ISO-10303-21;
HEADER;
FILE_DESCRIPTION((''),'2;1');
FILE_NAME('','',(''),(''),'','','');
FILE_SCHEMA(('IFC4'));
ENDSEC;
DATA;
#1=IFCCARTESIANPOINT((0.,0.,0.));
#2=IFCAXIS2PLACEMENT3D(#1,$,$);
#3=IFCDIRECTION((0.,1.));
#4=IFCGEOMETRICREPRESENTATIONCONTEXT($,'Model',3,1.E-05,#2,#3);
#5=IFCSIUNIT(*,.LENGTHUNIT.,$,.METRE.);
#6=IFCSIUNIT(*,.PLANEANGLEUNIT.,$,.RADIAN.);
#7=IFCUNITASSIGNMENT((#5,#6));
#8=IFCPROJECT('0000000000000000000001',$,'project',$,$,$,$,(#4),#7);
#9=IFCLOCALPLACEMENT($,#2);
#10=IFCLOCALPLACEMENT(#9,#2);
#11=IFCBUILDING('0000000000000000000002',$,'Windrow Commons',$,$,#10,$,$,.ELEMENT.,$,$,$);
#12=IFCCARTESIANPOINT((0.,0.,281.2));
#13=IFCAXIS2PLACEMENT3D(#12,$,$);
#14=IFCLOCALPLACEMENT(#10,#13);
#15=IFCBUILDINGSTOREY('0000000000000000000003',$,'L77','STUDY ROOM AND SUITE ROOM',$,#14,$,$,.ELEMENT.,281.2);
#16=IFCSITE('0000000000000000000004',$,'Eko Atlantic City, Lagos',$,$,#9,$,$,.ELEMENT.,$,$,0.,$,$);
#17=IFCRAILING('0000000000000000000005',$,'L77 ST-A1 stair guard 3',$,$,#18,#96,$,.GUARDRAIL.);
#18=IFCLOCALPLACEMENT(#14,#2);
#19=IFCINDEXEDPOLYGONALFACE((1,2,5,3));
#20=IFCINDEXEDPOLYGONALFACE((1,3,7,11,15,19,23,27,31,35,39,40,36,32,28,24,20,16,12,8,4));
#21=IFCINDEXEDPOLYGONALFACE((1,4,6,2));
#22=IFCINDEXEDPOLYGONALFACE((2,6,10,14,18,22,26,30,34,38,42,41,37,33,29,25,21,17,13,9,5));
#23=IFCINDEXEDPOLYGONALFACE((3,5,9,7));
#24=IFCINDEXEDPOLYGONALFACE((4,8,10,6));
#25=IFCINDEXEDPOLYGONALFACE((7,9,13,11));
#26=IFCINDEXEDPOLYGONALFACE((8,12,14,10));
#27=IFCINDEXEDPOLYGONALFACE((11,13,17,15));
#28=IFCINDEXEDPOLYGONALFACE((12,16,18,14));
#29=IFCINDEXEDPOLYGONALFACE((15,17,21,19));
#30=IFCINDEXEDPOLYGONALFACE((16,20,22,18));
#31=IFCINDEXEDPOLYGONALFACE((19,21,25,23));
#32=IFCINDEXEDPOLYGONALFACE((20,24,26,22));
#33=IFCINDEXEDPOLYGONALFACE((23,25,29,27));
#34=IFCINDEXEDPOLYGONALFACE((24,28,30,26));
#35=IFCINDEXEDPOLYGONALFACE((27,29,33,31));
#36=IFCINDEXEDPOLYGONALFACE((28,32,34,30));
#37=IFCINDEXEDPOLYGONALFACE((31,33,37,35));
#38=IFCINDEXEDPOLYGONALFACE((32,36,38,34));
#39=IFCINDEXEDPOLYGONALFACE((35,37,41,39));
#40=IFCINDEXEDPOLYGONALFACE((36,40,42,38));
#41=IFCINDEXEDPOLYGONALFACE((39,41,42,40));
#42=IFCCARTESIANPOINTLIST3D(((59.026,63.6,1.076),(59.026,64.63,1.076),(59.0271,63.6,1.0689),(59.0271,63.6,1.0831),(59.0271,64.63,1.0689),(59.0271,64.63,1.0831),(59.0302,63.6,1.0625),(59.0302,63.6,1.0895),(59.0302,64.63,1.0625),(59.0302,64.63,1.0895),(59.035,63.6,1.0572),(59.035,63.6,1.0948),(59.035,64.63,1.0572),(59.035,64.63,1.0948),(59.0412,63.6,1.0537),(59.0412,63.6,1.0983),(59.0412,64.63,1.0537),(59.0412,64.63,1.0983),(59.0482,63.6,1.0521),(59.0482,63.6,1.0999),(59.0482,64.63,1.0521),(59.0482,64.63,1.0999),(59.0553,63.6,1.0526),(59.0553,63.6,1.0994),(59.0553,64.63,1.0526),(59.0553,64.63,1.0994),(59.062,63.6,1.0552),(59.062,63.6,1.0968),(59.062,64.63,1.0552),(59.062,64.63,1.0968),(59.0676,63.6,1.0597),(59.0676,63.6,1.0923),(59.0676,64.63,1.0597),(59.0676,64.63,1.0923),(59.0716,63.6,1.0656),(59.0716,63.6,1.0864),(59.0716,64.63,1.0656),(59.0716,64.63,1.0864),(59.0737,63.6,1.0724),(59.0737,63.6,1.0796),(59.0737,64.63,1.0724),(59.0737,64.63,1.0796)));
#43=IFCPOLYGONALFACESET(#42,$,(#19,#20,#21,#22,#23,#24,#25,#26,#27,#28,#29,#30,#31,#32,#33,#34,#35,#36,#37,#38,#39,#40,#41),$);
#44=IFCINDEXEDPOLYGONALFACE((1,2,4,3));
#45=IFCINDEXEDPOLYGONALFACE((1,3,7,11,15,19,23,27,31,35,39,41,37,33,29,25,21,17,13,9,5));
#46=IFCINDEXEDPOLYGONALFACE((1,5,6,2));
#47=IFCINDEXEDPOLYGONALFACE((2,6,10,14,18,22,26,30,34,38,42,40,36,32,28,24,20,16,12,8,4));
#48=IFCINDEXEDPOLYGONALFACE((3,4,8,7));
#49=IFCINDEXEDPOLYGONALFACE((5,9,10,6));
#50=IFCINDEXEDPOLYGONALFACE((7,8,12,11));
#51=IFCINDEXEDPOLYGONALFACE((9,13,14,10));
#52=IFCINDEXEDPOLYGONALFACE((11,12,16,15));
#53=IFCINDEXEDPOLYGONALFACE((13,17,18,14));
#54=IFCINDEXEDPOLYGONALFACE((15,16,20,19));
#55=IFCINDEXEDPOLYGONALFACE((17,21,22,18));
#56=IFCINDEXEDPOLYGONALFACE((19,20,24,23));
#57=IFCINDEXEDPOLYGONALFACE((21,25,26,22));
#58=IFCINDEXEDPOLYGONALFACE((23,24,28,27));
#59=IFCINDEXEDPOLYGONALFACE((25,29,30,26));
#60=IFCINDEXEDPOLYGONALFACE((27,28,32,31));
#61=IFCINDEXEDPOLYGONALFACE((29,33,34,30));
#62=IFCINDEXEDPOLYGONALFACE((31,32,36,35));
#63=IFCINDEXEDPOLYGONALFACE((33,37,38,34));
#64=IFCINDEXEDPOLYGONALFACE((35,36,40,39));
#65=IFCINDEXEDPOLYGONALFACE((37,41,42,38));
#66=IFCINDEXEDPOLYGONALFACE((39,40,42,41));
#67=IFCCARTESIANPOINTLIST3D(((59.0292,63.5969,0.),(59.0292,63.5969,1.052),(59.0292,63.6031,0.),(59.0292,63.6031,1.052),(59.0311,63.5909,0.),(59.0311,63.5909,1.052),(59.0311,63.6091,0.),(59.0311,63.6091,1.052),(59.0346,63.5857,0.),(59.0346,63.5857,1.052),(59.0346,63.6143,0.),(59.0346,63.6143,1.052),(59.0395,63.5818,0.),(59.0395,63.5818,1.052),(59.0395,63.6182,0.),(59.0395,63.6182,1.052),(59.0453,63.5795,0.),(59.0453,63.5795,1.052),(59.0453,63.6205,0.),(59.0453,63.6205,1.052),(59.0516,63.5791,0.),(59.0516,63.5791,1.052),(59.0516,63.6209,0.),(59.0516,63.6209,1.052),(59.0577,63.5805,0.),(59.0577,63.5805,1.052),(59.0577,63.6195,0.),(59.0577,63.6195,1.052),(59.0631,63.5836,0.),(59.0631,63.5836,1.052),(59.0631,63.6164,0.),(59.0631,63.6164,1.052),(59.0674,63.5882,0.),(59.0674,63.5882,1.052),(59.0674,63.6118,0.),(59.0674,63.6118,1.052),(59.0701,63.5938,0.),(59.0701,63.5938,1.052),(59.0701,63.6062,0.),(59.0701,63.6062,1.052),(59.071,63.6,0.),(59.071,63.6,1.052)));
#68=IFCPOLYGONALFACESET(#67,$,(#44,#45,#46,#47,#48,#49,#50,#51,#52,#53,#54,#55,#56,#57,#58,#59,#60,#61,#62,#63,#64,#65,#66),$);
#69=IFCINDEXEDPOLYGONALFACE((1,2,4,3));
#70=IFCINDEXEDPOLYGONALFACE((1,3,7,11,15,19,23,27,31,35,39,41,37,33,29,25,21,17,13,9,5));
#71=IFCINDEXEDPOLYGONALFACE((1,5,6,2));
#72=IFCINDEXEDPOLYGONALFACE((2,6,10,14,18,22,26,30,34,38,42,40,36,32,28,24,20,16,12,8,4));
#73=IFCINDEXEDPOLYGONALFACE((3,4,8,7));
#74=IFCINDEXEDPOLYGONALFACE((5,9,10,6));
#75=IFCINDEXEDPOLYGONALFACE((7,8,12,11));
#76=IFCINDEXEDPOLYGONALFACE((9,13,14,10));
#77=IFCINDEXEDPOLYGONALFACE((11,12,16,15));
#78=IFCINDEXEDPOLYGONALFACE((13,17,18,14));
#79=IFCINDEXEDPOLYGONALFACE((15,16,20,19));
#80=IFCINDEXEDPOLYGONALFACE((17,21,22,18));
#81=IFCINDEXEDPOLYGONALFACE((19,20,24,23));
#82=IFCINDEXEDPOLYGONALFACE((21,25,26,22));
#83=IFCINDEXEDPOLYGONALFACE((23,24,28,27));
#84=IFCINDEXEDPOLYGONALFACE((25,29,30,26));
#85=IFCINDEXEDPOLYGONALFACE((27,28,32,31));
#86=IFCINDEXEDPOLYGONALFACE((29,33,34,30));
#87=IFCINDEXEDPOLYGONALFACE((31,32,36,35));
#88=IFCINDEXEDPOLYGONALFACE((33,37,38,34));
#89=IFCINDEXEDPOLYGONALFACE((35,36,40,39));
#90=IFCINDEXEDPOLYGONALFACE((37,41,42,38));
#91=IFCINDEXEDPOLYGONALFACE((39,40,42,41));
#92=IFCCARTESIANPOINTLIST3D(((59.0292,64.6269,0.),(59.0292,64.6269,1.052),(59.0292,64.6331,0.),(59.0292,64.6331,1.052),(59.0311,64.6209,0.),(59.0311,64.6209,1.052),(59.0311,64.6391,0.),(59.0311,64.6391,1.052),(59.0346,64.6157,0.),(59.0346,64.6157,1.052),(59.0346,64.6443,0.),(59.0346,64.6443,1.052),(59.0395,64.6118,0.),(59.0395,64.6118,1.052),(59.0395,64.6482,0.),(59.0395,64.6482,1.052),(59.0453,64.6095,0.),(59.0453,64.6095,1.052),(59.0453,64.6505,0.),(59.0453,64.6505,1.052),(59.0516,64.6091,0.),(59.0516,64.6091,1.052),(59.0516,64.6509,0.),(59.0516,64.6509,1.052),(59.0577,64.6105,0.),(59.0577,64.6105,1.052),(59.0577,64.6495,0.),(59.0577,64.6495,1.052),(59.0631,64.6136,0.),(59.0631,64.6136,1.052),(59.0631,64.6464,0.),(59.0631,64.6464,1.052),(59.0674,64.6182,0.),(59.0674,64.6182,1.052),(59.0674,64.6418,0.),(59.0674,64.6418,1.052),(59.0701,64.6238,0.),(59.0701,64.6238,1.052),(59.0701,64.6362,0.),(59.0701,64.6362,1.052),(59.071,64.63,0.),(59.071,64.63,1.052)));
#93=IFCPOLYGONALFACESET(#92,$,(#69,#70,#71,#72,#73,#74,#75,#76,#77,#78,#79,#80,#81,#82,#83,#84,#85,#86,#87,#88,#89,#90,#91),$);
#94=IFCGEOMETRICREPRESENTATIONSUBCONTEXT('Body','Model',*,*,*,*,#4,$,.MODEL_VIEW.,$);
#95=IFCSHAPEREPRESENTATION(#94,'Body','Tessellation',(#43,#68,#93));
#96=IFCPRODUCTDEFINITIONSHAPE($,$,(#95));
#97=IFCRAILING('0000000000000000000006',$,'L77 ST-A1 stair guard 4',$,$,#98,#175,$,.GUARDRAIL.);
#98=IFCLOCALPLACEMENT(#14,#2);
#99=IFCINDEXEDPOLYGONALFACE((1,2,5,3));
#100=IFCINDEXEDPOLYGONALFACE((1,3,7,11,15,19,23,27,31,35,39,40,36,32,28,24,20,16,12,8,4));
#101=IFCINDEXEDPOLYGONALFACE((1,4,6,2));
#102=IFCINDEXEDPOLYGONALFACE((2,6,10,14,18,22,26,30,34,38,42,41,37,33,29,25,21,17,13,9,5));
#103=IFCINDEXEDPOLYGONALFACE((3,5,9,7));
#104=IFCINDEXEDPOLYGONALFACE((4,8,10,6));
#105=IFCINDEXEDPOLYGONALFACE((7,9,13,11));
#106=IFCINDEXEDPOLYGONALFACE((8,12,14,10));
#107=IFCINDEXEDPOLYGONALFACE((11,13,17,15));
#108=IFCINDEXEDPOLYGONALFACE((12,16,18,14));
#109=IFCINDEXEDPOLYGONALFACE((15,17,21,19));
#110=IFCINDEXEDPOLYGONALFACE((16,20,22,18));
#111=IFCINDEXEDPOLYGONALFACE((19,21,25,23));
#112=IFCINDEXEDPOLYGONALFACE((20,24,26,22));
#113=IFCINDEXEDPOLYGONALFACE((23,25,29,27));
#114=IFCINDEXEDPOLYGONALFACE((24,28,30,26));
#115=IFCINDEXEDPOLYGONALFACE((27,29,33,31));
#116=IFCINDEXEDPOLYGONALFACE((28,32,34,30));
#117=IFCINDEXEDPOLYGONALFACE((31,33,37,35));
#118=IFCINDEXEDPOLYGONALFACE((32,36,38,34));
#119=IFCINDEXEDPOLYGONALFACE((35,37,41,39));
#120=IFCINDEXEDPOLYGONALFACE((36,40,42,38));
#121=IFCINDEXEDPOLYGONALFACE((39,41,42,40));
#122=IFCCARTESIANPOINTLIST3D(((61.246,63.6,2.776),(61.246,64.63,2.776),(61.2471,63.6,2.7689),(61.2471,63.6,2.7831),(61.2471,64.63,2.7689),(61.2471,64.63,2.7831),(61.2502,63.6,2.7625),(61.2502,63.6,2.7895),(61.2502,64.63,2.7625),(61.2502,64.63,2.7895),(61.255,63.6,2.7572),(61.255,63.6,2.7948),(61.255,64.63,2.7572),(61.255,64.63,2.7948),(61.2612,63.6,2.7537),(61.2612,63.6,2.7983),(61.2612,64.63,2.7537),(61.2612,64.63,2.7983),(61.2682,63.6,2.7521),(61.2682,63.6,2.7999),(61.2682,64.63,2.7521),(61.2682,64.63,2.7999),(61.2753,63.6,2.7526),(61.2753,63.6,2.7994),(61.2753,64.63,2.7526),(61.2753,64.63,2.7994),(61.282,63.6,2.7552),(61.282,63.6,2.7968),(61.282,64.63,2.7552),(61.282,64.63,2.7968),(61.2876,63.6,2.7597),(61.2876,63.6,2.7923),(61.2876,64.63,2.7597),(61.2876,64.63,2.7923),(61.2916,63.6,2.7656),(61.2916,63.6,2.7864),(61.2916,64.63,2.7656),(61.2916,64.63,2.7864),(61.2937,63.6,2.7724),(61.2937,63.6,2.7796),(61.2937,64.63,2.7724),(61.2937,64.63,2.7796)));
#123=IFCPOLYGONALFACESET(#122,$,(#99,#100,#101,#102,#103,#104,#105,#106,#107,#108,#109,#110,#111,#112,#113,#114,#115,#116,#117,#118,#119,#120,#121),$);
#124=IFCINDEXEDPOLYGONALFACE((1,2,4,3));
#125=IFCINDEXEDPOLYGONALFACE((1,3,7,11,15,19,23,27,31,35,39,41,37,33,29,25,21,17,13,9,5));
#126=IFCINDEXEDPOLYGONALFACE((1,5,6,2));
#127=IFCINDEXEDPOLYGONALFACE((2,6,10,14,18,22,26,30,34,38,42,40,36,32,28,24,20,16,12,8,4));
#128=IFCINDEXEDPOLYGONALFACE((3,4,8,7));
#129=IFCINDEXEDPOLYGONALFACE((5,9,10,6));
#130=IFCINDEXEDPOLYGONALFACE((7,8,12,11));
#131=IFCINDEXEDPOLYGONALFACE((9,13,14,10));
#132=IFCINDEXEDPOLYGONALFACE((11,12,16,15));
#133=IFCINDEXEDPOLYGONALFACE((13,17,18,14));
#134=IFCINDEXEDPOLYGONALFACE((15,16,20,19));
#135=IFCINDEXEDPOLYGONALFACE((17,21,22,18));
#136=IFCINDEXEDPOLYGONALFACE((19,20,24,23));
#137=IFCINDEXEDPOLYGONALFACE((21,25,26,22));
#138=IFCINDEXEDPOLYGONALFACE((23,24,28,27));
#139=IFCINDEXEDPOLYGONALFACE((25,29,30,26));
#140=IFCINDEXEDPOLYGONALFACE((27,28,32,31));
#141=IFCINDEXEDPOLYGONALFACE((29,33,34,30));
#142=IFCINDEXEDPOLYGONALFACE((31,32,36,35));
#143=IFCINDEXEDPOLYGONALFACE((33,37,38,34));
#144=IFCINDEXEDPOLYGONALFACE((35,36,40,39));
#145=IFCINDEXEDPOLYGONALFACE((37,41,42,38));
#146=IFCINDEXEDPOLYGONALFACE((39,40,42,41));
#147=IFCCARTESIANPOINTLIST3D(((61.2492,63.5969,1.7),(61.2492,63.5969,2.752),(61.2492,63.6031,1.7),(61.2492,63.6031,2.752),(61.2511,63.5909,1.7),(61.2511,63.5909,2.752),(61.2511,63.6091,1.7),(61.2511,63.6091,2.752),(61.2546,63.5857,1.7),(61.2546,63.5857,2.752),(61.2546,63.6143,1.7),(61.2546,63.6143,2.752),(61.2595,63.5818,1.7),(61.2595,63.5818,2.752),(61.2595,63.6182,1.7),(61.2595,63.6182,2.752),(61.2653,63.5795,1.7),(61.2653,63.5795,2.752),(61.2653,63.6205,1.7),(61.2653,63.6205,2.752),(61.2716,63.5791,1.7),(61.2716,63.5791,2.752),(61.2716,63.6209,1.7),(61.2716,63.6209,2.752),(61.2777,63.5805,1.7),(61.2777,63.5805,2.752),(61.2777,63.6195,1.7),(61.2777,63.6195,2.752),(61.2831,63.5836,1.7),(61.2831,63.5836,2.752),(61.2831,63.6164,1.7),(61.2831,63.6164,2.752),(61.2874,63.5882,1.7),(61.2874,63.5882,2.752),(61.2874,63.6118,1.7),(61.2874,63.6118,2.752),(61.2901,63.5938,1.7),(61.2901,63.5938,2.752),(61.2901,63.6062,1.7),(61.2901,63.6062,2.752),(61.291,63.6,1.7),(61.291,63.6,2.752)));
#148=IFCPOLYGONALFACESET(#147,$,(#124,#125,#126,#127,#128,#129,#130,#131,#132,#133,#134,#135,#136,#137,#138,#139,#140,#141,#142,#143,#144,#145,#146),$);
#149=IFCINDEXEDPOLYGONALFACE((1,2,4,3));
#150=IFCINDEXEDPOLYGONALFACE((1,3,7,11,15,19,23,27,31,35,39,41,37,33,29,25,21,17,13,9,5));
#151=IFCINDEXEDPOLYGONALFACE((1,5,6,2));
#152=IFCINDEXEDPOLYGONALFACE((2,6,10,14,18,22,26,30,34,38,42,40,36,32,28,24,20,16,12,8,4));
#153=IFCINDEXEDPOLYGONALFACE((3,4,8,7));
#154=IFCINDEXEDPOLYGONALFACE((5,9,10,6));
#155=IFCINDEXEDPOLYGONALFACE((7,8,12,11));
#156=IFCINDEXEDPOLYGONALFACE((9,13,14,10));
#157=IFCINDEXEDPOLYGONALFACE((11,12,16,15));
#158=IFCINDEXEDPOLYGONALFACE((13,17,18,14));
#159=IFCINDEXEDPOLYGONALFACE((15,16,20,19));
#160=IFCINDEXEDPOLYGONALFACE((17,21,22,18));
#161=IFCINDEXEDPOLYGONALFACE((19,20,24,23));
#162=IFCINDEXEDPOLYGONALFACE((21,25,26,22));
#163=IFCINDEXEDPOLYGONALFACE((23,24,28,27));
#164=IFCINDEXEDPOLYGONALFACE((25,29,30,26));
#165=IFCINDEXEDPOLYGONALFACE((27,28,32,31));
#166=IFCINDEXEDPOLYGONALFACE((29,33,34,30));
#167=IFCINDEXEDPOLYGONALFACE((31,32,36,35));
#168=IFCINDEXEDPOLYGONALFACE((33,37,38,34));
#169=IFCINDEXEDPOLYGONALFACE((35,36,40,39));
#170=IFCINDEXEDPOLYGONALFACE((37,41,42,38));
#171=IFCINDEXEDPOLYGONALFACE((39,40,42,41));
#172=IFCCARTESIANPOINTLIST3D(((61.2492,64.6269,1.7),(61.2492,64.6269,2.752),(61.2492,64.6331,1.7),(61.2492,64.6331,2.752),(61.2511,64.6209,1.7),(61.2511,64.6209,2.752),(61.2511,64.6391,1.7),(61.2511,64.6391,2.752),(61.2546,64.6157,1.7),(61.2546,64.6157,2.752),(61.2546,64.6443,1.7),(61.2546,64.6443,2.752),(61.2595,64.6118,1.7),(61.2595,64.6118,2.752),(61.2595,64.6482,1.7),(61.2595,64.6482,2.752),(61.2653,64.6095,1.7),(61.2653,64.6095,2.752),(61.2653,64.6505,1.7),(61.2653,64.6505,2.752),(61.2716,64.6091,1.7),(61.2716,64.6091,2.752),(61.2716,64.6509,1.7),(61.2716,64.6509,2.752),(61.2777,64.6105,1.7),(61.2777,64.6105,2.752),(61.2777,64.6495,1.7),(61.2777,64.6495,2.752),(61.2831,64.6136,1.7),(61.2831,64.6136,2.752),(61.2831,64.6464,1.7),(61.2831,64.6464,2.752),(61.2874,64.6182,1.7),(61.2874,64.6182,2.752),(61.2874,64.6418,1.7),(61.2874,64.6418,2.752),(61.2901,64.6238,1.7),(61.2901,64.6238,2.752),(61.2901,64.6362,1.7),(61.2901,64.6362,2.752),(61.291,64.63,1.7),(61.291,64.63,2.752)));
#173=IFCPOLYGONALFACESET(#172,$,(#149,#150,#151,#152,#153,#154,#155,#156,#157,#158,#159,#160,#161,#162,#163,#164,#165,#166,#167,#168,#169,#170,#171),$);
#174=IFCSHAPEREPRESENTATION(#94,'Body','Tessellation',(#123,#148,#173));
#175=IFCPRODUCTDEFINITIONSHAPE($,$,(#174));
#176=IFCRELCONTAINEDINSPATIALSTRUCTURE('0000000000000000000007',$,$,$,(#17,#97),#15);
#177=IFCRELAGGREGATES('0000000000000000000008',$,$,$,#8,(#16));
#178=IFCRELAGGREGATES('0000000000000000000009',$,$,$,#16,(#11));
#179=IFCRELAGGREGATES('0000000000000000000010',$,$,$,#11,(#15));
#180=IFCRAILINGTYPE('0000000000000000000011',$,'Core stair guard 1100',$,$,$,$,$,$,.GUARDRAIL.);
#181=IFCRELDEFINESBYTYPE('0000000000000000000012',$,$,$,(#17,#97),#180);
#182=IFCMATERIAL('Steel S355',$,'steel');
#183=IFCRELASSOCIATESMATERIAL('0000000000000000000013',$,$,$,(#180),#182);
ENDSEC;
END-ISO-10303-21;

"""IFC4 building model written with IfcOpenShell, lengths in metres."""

from ifc_helpers import new_model, si_unit, direction, frame, origin, origin_2d, place, context, subcontext, project, spatial, circle, extrude, material, type_object, element, save


model = new_model("IFC4")

# Units and contexts
model_context = context("Model", 3, precision=1e-05, world=origin(), true_north=direction((0.0, 1.0)))
body_context = subcontext(model_context, "Body", "Model", "MODEL_VIEW")
ifc_project = project(units=[si_unit("LENGTHUNIT", "METRE"), si_unit("PLANEANGLEUNIT", "RADIAN")], contexts=[model_context])

# Site, building, storey
site_placement = place(None, origin())
site = spatial("IfcSite", under=ifc_project, at=site_placement, Name="Eko Atlantic City, Lagos", CompositionType="ELEMENT", RefElevation=0.0)
building_placement = place(site_placement, origin())
building = spatial("IfcBuilding", under=site, at=building_placement, Name="Windrow Commons", CompositionType="ELEMENT")
storey_placement = place(building_placement, frame((0.0, 0.0, 281.2)))
storey = spatial("IfcBuildingStorey", under=building, at=storey_placement, Name="L77", Description="STUDY ROOM AND SUITE ROOM", CompositionType="ELEMENT", Elevation=281.2)

# Railings
ifc_material_1 = material(Name="Steel S355", Category="steel")
railing_type_1 = type_object("IfcRailingType", Name="Core stair guard 1100", PredefinedType="GUARDRAIL", material=ifc_material_1)
for number, where, name in (
    (1, (59.05, 63.6, 0.0), "L77 ST-A1 stair guard 3"),
    (2, (61.27, 63.6, 1.7), "L77 ST-A1 stair guard 4"),
):
    element("IfcRailing", number, at=place(storey_placement, frame(where)), inside=storey, type_object=railing_type_1, Name=name, PredefinedType="GUARDRAIL", context=body_context, shape_type="SweptSolid", body=[
        extrude(circle(Radius=0.024, at=origin_2d()), frame((0.0, 0.0, 1.076), z_axis=(0.0, 1.0, 0.0), x_axis=(-1.0, 0.0, 0.0)), (0.0, 0.0, 1.0), 1.03),
        extrude(circle(Radius=0.021, at=origin_2d()), origin(), (0.0, 0.0, 1.0), 1.052),
        extrude(circle(Radius=0.021, at=origin_2d()), frame((0.0, 1.03, 0.0)), (0.0, 0.0, 1.0), 1.052),
    ])

save(model, "model.ifc")
